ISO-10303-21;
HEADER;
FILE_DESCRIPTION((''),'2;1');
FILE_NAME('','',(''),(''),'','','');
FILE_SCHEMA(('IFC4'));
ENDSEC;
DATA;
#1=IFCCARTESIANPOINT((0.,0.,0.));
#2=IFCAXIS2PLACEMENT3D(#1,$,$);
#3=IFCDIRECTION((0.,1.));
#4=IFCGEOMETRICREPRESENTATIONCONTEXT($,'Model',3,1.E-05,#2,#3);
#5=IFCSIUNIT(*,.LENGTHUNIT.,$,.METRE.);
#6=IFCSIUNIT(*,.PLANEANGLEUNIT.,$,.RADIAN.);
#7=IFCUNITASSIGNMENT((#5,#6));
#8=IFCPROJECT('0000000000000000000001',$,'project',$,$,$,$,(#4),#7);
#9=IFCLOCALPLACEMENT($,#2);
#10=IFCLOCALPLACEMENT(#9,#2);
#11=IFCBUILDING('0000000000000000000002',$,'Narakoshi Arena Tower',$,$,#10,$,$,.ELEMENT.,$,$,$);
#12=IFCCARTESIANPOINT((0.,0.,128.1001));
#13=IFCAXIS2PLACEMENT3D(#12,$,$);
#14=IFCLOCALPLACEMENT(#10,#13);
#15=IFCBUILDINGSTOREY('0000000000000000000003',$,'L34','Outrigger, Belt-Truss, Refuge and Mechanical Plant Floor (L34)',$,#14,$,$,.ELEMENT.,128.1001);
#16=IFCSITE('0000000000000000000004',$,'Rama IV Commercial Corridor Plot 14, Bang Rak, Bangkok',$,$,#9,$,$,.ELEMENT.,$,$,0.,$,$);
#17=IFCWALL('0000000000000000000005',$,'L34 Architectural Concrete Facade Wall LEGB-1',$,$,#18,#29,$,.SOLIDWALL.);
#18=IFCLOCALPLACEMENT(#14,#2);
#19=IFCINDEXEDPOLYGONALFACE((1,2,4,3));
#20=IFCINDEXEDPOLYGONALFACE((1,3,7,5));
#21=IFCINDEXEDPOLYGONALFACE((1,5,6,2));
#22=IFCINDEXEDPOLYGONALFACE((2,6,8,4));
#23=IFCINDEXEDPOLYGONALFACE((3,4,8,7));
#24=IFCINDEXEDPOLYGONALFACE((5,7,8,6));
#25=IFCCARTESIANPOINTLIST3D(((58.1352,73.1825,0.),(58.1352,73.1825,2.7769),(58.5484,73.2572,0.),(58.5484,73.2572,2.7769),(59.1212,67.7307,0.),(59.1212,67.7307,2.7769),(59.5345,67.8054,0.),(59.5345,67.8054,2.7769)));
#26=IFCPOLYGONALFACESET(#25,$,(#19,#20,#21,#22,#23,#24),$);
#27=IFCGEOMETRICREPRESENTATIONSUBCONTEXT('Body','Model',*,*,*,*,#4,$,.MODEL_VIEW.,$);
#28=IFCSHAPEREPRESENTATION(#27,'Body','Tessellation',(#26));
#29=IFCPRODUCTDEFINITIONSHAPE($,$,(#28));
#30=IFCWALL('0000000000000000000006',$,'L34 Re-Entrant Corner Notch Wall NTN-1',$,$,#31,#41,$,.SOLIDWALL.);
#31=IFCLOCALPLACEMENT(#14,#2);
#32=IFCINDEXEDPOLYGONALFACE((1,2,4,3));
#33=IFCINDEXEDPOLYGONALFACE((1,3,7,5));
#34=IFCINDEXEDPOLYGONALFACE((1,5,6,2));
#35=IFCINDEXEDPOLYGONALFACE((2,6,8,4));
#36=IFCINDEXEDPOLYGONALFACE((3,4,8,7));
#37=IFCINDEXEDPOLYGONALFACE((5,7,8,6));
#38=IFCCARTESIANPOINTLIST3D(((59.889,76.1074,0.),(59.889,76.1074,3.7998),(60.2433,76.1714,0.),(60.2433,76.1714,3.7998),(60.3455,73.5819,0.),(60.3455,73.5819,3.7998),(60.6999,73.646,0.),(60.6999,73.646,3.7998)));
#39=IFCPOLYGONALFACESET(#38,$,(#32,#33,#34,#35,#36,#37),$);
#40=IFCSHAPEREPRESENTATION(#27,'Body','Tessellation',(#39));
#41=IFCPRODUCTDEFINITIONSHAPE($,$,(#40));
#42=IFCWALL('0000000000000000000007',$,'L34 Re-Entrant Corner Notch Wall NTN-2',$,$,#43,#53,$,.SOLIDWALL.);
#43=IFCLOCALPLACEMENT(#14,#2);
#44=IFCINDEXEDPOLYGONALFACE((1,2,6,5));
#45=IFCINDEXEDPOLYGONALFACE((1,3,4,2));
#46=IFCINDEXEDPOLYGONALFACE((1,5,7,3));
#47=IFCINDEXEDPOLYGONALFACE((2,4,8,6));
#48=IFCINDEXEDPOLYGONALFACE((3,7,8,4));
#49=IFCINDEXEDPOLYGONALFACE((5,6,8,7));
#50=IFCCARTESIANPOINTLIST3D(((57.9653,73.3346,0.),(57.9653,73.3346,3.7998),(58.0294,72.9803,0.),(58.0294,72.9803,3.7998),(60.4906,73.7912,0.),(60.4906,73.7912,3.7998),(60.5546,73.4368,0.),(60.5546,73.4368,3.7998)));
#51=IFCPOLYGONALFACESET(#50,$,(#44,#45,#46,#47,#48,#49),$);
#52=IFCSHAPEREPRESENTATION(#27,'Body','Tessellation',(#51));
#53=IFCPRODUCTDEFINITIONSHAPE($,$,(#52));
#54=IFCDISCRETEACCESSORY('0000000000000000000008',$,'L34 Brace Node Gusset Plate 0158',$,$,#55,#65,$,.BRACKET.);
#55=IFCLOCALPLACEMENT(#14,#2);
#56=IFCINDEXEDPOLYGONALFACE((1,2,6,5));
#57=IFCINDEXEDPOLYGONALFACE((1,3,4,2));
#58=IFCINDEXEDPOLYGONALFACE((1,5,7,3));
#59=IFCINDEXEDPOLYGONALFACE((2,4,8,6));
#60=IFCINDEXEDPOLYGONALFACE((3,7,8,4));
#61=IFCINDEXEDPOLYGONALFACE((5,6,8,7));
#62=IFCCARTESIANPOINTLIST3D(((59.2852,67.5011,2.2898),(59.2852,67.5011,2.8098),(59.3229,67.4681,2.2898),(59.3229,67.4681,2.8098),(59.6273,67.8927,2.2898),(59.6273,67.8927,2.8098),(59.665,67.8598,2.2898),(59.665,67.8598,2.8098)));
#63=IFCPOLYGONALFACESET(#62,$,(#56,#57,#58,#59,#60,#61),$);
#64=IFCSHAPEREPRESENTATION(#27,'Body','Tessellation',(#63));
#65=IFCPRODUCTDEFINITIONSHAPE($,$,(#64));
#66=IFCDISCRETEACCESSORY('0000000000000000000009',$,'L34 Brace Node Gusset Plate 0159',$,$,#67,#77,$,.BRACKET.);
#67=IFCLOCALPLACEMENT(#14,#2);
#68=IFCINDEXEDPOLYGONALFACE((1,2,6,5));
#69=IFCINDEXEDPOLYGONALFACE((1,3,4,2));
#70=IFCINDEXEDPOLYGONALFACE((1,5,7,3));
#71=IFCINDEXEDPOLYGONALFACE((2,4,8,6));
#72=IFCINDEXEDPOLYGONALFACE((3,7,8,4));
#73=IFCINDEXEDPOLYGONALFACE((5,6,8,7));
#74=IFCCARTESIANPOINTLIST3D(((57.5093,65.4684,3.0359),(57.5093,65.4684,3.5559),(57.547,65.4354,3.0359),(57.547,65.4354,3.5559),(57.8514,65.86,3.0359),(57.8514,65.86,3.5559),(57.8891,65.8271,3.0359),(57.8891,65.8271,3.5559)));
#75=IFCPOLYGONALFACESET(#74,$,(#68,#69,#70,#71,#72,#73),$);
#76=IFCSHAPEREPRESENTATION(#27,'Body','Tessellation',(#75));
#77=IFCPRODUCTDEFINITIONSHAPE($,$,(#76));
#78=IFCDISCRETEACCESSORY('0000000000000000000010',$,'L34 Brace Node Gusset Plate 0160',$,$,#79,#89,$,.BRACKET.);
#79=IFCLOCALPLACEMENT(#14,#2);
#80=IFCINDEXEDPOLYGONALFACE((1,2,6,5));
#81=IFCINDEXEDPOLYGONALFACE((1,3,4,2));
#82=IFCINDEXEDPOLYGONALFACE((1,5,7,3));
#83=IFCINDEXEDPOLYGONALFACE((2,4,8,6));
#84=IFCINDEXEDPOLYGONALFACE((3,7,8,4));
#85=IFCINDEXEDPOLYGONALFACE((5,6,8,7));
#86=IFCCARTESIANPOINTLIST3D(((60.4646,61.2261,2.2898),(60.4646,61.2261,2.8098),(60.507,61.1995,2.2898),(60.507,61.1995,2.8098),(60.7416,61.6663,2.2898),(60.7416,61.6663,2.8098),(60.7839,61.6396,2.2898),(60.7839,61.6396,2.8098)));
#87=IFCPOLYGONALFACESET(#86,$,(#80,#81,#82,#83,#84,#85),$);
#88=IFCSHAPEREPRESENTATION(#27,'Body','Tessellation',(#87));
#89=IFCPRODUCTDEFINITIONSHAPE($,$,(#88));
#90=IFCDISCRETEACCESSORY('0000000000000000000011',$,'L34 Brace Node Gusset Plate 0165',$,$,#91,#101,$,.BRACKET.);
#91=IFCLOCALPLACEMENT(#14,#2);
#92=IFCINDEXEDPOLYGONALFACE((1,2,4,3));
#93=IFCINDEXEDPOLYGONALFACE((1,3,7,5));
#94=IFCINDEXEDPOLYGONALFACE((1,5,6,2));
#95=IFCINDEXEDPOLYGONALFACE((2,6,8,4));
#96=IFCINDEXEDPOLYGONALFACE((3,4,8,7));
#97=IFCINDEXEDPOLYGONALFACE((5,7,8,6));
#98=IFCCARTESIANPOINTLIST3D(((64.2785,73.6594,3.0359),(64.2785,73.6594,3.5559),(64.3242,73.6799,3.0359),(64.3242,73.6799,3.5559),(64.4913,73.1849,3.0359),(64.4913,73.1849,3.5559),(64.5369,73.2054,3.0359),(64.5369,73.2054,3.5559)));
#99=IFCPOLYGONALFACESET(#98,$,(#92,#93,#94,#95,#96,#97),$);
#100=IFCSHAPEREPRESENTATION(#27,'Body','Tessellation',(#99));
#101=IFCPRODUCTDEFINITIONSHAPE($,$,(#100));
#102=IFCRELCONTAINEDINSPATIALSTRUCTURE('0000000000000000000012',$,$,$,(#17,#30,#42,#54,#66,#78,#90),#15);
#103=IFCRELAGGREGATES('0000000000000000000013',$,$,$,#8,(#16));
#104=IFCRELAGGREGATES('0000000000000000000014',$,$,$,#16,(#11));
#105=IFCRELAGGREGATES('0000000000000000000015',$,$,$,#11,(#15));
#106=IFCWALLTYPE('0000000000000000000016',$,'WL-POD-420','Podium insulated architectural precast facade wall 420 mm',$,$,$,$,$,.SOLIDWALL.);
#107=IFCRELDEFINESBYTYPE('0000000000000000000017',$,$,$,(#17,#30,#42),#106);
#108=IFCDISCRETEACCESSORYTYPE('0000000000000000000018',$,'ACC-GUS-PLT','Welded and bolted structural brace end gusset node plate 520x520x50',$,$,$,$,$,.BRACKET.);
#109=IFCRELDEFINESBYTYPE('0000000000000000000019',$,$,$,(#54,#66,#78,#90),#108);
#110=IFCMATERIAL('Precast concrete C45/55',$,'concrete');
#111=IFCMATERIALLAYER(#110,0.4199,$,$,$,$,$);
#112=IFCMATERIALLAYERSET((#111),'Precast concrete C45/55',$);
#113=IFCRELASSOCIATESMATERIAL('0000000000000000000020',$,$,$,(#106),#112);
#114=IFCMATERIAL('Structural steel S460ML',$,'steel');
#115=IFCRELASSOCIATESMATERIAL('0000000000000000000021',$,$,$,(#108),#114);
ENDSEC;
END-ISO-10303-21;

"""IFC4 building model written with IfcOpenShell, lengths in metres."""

from ifc_helpers import new_model, si_unit, direction, frame, frame_2d, origin, origin_2d, place, context, subcontext, project, spatial, rectangle, extrude, material, layer, layer_set, type_object, element, save


model = new_model("IFC4")

# Units and contexts
model_context = context("Model", 3, precision=1e-05, world=origin(), true_north=direction((0.0, 1.0)))
body_context = subcontext(model_context, "Body", "Model", "MODEL_VIEW")
ifc_project = project(units=[si_unit("LENGTHUNIT", "METRE"), si_unit("PLANEANGLEUNIT", "RADIAN")], contexts=[model_context])

# Site, building, storey
site_placement = place(None, origin())
site = spatial("IfcSite", under=ifc_project, at=site_placement, Name="Rama IV Commercial Corridor Plot 14, Bang Rak, Bangkok", CompositionType="ELEMENT", RefElevation=0.0)
building_placement = place(site_placement, origin())
building = spatial("IfcBuilding", under=site, at=building_placement, Name="Narakoshi Arena Tower", CompositionType="ELEMENT")
storey_placement = place(building_placement, frame((0.0, 0.0, 128.1001)))
storey = spatial("IfcBuildingStorey", under=building, at=storey_placement, Name="L34", Description="Outrigger, Belt-Truss, Refuge and Mechanical Plant Floor (L34)", CompositionType="ELEMENT", Elevation=128.1001)

# Shared definitions
ifc_material_1 = material(Name="Structural steel S460ML", Category="steel")

# Walls
ifc_material_2 = material(Name="Precast concrete C45/55", Category="concrete")
ifc_layer_1 = layer(ifc_material_2, 0.4199)
ifc_layer_set_1 = layer_set([ifc_layer_1], Name="Precast concrete C45/55")
wall_type_1 = type_object("IfcWallType", Name="WL-POD-420", Description="Podium insulated architectural precast facade wall 420 mm", PredefinedType="SOLIDWALL", material=ifc_layer_set_1)
wall_1_placement = place(storey_placement, frame((58.3418, 73.2197, 0.0), z_axis=(0.0, 0.0, 1.0), x_axis=(0.177982, -0.984034, 0.0)))
element("IfcWall", 1, at=wall_1_placement, inside=storey, type_object=wall_type_1, Name="L34 Architectural Concrete Facade Wall LEGB-1", PredefinedType="SOLIDWALL", context=body_context, shape_type="SweptSolid", body=[
    extrude(rectangle(XDim=5.5403, YDim=0.4199, at=frame_2d((2.77, 0.0))), origin(), (0.0, 0.0, 1.0), 2.7769),
])
wall_2_placement = place(storey_placement, frame((60.0662, 76.1394, 0.0), z_axis=(0.0, 0.0, 1.0), x_axis=(0.177897, -0.984049, 0.0)))
element("IfcWall", 2, at=wall_2_placement, inside=storey, type_object=wall_type_1, Name="L34 Re-Entrant Corner Notch Wall NTN-1", PredefinedType="SOLIDWALL", context=body_context, shape_type="SweptSolid", body=[
    extrude(rectangle(XDim=2.5664, YDim=0.3601, at=frame_2d((1.2832, 0.0))), origin(), (0.0, 0.0, 1.0), 3.7998),
])
wall_3_placement = place(storey_placement, frame((60.5227, 73.614, 0.0), z_axis=(0.0, 0.0, 1.0), x_axis=(-0.984046, -0.177914, 0.0)))
element("IfcWall", 3, at=wall_3_placement, inside=storey, type_object=wall_type_1, Name="L34 Re-Entrant Corner Notch Wall NTN-2", PredefinedType="SOLIDWALL", context=body_context, shape_type="SweptSolid", body=[
    extrude(rectangle(XDim=2.5662, YDim=0.3601, at=frame_2d((1.2832, 0.0))), origin(), (0.0, 0.0, 1.0), 3.7998),
])

# Discrete accessories
discrete_accessory_type = type_object("IfcDiscreteAccessoryType", Name="ACC-GUS-PLT", Description="Welded and bolted structural brace end gusset node plate 520x520x50", PredefinedType="BRACKET", material=ifc_material_1)
for number, where, z_axis, x_axis, name in (
    (4, (59.4751, 67.6804, 2.2898), (0.0, 0.0, 1.0), (0.657901, 0.753104, 0.0), "L34 Brace Node Gusset Plate 0158"),
    (5, (57.6992, 65.6477, 3.0359), (0.0, 0.0, 1.0), (0.657901, 0.753104, 0.0), "L34 Brace Node Gusset Plate 0159"),
    (6, (60.6243, 61.4329, 2.2898), (0.0, 0.0, 1.0), (0.532581, 0.846379, 0.0), "L34 Brace Node Gusset Plate 0160"),
    (7, (64.4077, 73.4324, 3.0359), (0.0, 0.0, 1.0), (-0.409127, 0.912477, 0.0), "L34 Brace Node Gusset Plate 0165"),
):
    element("IfcDiscreteAccessory", number, at=place(storey_placement, frame(where, z_axis=z_axis, x_axis=x_axis)), inside=storey, type_object=discrete_accessory_type, Name=name, PredefinedType="BRACKET", context=body_context, shape_type="SweptSolid", body=[
        extrude(rectangle(XDim=0.52, YDim=0.05, at=origin_2d()), origin(), (0.0, 0.0, 1.0), 0.52),
    ])

save(model, "model.ifc")
